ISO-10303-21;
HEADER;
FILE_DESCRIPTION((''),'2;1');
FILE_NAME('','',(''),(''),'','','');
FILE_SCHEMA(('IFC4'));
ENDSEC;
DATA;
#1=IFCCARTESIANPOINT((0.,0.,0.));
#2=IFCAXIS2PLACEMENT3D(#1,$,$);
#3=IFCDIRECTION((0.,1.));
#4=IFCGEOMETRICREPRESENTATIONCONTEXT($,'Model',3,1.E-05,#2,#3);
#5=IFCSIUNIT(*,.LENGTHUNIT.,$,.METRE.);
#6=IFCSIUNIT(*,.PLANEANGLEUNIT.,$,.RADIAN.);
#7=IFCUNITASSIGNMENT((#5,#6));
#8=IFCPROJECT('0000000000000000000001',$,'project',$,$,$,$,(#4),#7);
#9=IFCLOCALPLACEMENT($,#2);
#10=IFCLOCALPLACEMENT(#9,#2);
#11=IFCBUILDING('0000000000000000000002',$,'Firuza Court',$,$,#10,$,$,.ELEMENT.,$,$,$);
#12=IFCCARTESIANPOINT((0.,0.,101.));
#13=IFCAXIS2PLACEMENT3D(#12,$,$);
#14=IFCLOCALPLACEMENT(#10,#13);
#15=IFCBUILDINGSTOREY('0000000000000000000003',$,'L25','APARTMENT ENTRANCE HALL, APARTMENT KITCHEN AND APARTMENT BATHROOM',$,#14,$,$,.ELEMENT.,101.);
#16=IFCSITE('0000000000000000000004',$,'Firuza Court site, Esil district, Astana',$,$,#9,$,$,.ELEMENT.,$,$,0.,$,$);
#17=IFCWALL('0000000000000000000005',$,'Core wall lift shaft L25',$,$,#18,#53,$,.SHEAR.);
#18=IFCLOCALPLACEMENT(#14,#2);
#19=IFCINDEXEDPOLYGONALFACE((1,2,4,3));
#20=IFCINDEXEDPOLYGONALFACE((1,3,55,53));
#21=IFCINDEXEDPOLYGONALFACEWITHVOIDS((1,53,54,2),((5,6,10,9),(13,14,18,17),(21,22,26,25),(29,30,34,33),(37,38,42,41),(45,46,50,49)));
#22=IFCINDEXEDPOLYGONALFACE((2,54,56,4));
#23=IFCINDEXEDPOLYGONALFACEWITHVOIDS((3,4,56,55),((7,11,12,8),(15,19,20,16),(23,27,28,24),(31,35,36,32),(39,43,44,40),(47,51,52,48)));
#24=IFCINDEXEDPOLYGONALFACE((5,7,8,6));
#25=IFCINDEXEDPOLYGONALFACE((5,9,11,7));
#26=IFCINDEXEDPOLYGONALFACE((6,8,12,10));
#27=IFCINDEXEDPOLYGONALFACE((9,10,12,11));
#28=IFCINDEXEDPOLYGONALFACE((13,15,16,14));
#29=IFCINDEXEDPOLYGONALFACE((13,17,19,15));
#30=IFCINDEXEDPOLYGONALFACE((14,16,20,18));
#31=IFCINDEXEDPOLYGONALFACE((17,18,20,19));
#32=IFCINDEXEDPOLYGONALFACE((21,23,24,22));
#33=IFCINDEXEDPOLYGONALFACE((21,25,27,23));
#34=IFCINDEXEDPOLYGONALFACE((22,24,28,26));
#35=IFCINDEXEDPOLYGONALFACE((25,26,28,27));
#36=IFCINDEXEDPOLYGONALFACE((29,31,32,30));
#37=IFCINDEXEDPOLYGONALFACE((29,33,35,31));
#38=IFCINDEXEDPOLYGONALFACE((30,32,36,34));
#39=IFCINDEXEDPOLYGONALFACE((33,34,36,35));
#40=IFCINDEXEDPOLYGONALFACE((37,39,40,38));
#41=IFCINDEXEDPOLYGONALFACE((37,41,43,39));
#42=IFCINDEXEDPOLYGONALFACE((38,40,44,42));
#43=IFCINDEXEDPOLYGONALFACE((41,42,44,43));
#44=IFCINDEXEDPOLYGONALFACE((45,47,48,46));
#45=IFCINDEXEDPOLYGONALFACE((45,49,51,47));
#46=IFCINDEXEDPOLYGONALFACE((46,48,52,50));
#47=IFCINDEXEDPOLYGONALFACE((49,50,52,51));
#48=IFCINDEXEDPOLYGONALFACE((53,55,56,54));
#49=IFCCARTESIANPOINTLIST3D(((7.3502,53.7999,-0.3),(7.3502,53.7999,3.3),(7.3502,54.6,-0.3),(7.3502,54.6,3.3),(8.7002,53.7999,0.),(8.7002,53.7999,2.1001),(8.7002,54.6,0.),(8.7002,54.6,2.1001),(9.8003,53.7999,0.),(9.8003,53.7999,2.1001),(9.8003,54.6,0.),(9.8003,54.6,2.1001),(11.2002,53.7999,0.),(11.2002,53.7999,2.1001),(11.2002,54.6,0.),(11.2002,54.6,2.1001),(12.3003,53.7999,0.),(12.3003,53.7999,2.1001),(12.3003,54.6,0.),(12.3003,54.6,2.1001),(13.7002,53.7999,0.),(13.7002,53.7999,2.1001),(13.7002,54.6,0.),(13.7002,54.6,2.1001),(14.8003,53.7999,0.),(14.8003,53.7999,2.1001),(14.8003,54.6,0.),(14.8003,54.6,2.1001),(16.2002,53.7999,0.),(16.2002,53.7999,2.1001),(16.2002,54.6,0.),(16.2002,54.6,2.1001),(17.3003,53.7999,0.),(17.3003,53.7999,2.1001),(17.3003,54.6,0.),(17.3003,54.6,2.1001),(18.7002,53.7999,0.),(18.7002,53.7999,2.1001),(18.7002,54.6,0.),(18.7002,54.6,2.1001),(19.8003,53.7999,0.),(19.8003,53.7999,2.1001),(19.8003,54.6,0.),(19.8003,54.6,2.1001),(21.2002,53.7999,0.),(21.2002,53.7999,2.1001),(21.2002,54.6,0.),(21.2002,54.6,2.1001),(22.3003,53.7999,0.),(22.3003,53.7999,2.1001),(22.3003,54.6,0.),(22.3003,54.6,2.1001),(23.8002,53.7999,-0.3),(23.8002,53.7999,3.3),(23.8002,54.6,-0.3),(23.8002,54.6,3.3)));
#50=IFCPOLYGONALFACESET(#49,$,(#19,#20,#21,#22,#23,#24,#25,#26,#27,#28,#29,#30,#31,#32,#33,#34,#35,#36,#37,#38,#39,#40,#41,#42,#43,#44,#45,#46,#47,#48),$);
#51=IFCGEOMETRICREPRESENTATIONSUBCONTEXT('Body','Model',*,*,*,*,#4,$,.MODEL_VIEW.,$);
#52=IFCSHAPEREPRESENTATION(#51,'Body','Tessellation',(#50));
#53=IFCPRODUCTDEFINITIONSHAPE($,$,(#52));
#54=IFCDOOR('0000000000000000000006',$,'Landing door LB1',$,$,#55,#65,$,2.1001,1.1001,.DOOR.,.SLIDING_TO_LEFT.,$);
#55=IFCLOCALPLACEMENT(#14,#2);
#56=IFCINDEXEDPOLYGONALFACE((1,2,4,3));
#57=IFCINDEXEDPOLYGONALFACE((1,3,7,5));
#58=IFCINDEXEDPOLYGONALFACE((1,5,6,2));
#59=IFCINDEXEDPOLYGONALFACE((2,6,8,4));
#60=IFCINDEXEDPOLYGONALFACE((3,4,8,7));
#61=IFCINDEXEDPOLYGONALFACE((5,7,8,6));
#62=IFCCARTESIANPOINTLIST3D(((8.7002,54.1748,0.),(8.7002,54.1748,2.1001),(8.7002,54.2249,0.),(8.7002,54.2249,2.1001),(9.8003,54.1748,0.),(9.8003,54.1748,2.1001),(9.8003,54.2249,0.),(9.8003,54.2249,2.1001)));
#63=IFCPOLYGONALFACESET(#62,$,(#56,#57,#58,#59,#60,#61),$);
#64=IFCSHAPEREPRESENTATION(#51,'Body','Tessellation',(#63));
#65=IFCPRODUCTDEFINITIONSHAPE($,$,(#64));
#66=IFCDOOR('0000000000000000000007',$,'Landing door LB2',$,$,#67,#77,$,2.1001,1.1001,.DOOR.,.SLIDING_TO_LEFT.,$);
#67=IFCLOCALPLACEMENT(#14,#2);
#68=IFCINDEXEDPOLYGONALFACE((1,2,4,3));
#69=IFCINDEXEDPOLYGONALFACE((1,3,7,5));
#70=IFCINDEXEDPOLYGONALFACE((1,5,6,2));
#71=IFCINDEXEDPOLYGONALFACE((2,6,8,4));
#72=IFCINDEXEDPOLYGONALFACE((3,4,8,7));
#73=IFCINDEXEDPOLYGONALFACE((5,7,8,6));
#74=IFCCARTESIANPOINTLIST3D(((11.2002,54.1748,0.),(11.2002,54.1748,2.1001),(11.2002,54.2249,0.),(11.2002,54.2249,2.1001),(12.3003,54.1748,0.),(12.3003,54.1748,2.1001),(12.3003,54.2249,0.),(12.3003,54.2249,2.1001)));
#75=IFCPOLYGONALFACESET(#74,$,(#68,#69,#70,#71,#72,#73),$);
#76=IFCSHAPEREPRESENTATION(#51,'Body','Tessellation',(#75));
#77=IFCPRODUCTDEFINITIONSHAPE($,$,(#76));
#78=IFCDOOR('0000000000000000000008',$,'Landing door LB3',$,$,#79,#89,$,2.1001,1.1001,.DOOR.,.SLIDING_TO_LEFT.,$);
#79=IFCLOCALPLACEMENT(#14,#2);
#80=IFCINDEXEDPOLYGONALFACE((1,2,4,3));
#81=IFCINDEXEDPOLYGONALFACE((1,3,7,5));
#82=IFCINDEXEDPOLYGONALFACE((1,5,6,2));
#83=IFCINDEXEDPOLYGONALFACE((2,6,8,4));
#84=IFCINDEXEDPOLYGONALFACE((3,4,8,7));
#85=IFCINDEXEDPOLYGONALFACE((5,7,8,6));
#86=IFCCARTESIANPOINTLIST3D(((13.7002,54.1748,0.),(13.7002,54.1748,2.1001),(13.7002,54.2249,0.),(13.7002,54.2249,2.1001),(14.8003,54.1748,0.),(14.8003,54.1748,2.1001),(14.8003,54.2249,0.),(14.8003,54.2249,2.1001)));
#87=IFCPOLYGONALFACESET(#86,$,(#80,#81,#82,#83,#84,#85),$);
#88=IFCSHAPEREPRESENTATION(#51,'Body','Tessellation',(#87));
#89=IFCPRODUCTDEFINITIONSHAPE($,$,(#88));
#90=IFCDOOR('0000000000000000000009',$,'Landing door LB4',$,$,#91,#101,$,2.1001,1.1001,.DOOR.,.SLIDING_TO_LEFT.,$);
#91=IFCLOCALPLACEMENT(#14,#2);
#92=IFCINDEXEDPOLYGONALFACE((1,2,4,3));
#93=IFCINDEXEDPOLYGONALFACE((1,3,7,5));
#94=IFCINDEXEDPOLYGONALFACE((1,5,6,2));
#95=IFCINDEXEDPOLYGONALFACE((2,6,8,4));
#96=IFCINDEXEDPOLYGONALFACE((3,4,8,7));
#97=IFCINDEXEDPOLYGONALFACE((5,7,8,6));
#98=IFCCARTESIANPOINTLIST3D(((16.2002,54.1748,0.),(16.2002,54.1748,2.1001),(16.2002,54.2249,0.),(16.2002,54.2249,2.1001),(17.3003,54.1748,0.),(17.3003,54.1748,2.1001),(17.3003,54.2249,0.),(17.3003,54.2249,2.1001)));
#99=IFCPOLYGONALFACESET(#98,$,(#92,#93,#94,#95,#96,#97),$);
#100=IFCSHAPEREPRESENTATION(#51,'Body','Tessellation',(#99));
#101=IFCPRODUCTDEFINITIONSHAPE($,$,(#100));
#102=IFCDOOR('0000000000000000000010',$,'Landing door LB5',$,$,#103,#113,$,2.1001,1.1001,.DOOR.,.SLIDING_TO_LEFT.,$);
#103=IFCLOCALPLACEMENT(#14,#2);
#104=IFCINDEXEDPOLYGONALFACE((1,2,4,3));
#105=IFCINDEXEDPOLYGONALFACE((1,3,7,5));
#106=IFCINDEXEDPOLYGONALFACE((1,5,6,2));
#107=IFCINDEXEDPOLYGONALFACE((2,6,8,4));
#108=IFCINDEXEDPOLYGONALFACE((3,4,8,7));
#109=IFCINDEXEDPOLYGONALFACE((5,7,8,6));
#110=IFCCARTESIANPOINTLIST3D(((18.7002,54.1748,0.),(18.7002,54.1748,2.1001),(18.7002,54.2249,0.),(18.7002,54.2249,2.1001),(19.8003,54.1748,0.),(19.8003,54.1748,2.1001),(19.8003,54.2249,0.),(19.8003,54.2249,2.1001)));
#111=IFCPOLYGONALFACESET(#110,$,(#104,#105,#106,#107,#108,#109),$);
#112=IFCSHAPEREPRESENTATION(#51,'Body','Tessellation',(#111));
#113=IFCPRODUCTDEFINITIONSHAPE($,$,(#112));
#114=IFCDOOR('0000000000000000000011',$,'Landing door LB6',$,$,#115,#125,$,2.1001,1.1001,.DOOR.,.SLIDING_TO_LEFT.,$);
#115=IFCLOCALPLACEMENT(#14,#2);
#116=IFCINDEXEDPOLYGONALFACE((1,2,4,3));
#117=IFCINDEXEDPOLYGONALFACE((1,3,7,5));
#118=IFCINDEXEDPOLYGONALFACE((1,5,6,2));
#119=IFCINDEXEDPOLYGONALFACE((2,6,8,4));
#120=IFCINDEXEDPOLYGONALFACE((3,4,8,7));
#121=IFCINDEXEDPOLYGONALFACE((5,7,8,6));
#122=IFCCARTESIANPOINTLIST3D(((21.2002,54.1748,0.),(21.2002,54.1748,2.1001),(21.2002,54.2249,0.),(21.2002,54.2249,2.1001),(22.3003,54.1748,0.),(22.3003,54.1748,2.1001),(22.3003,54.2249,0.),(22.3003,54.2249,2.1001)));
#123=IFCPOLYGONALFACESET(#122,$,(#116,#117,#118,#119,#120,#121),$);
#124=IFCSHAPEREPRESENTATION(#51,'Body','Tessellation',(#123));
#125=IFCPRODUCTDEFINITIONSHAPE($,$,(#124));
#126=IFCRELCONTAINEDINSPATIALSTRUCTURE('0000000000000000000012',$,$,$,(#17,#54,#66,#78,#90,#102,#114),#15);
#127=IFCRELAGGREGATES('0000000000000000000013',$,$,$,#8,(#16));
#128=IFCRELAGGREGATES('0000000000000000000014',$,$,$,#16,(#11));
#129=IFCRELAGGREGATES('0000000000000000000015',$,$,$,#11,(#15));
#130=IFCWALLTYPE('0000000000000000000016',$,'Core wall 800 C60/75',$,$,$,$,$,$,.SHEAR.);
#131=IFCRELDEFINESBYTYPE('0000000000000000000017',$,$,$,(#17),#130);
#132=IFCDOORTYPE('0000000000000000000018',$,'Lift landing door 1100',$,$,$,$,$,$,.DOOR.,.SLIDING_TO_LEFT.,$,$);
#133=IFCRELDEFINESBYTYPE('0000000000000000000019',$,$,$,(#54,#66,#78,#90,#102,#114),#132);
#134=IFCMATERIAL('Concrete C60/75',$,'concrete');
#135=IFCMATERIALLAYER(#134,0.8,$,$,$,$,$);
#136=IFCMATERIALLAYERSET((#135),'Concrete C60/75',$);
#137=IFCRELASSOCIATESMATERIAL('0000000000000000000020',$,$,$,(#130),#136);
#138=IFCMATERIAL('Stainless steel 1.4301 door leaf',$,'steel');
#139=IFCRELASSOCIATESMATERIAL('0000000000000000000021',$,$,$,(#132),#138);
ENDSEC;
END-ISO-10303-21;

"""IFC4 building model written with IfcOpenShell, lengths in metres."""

from ifc_helpers import new_model, si_unit, direction, frame, frame_2d, origin, place, context, subcontext, project, spatial, rectangle, extrude, material, layer, layer_set, type_object, element, fill, save


model = new_model("IFC4")

# Units and contexts
model_context = context("Model", 3, precision=1e-05, world=origin(), true_north=direction((0.0, 1.0)))
body_context = subcontext(model_context, "Body", "Model", "MODEL_VIEW")
ifc_project = project(units=[si_unit("LENGTHUNIT", "METRE"), si_unit("PLANEANGLEUNIT", "RADIAN")], contexts=[model_context])

# Site, building, storey
site_placement = place(None, origin())
site = spatial("IfcSite", under=ifc_project, at=site_placement, Name="Firuza Court site, Esil district, Astana", CompositionType="ELEMENT", RefElevation=0.0)
building_placement = place(site_placement, origin())
building = spatial("IfcBuilding", under=site, at=building_placement, Name="Firuza Court", CompositionType="ELEMENT")
storey_placement = place(building_placement, frame((0.0, 0.0, 101.0)))
storey = spatial("IfcBuildingStorey", under=building, at=storey_placement, Name="L25", Description="APARTMENT ENTRANCE HALL, APARTMENT KITCHEN AND APARTMENT BATHROOM", CompositionType="ELEMENT", Elevation=101.0)

# Shared definitions
ifc_material_1 = material(Name="Concrete C60/75", Category="concrete")

# Wall, openings, doors
ifc_layer_1 = layer(ifc_material_1, 0.8)
ifc_layer_set_1 = layer_set([ifc_layer_1], Name="Concrete C60/75")
wall_type_1 = type_object("IfcWallType", Name="Core wall 800 C60/75", PredefinedType="SHEAR", material=ifc_layer_set_1)
wall_1_placement = place(storey_placement, frame((7.3501, 54.2, -0.3), z_axis=(0.0, 0.0, 1.0), x_axis=(1.0, 0.0, 0.0)))
wall_1 = element("IfcWall", 1, at=wall_1_placement, inside=storey, type_object=wall_type_1, Name="Core wall lift shaft L25", PredefinedType="SHEAR", context=body_context, shape_type="SweptSolid", body=[
    extrude(rectangle(XDim=16.45, YDim=0.8, at=frame_2d((8.2251, 0.0))), origin(), (0.0, 0.0, 1.0), 3.6001),
])
opening_1_placement = place(wall_1_placement, frame((1.3501, 0.0, 0.3)))
opening_1 = element("IfcOpeningElement", 2, at=opening_1_placement, cuts=wall_1, PredefinedType="OPENING", context=body_context, shape_type="SweptSolid", body=[
    extrude(rectangle(XDim=1.1001, YDim=2.1001, at=frame_2d((0.55, 1.05))), frame((0.0, 0.4121, 0.0), z_axis=(0.0, -1.0, 0.0), x_axis=(1.0, 0.0, 0.0)), (0.0, 0.0, 1.0), 0.824),
])
opening_2_placement = place(wall_1_placement, frame((3.8501, 0.0, 0.3)))
opening_2 = element("IfcOpeningElement", 3, at=opening_2_placement, cuts=wall_1, PredefinedType="OPENING", context=body_context, shape_type="SweptSolid", body=[
    extrude(rectangle(XDim=1.1001, YDim=2.1001, at=frame_2d((0.55, 1.05))), frame((0.0, 0.4121, 0.0), z_axis=(0.0, -1.0, 0.0), x_axis=(1.0, 0.0, 0.0)), (0.0, 0.0, 1.0), 0.824),
])
opening_3_placement = place(wall_1_placement, frame((6.3501, 0.0, 0.3)))
opening_3 = element("IfcOpeningElement", 4, at=opening_3_placement, cuts=wall_1, PredefinedType="OPENING", context=body_context, shape_type="SweptSolid", body=[
    extrude(rectangle(XDim=1.1001, YDim=2.1001, at=frame_2d((0.55, 1.05))), frame((0.0, 0.4121, 0.0), z_axis=(0.0, -1.0, 0.0), x_axis=(1.0, 0.0, 0.0)), (0.0, 0.0, 1.0), 0.824),
])
opening_4_placement = place(wall_1_placement, frame((8.8501, 0.0, 0.3)))
opening_4 = element("IfcOpeningElement", 5, at=opening_4_placement, cuts=wall_1, PredefinedType="OPENING", context=body_context, shape_type="SweptSolid", body=[
    extrude(rectangle(XDim=1.1001, YDim=2.1001, at=frame_2d((0.55, 1.05))), frame((0.0, 0.4121, 0.0), z_axis=(0.0, -1.0, 0.0), x_axis=(1.0, 0.0, 0.0)), (0.0, 0.0, 1.0), 0.824),
])
opening_5_placement = place(wall_1_placement, frame((11.3501, 0.0, 0.3)))
opening_5 = element("IfcOpeningElement", 6, at=opening_5_placement, cuts=wall_1, PredefinedType="OPENING", context=body_context, shape_type="SweptSolid", body=[
    extrude(rectangle(XDim=1.1001, YDim=2.1001, at=frame_2d((0.55, 1.05))), frame((0.0, 0.4121, 0.0), z_axis=(0.0, -1.0, 0.0), x_axis=(1.0, 0.0, 0.0)), (0.0, 0.0, 1.0), 0.824),
])
opening_6_placement = place(wall_1_placement, frame((13.8501, 0.0, 0.3)))
opening_6 = element("IfcOpeningElement", 7, at=opening_6_placement, cuts=wall_1, PredefinedType="OPENING", context=body_context, shape_type="SweptSolid", body=[
    extrude(rectangle(XDim=1.1001, YDim=2.1001, at=frame_2d((0.55, 1.05))), frame((0.0, 0.4121, 0.0), z_axis=(0.0, -1.0, 0.0), x_axis=(1.0, 0.0, 0.0)), (0.0, 0.0, 1.0), 0.824),
])
ifc_material_2 = material(Name="Stainless steel 1.4301 door leaf", Category="steel")
door_type = type_object("IfcDoorType", Name="Lift landing door 1100", OperationType="SLIDING_TO_LEFT", PredefinedType="DOOR", material=ifc_material_2)
door_1_placement = place(opening_1_placement, origin())
door_1 = element("IfcDoor", 8, at=door_1_placement, inside=storey, type_object=door_type, Name="Landing door LB1", OperationType="SLIDING_TO_LEFT", OverallHeight=2.1001, OverallWidth=1.1001, PredefinedType="DOOR", context=body_context, shape_type="SweptSolid", body=[
    extrude(rectangle(XDim=1.1001, YDim=2.1001, at=frame_2d((0.55, 1.05))), frame((0.0, 0.0249, 0.0), z_axis=(0.0, -1.0, 0.0), x_axis=(1.0, 0.0, 0.0)), (0.0, 0.0, 1.0), 0.05),
])
fill(opening_1, door_1)
door_2_placement = place(opening_2_placement, origin())
door_2 = element("IfcDoor", 9, at=door_2_placement, inside=storey, type_object=door_type, Name="Landing door LB2", OperationType="SLIDING_TO_LEFT", OverallHeight=2.1001, OverallWidth=1.1001, PredefinedType="DOOR", context=body_context, shape_type="SweptSolid", body=[
    extrude(rectangle(XDim=1.1001, YDim=2.1001, at=frame_2d((0.55, 1.05))), frame((0.0, 0.0249, 0.0), z_axis=(0.0, -1.0, 0.0), x_axis=(1.0, 0.0, 0.0)), (0.0, 0.0, 1.0), 0.05),
])
fill(opening_2, door_2)
door_3_placement = place(opening_3_placement, origin())
door_3 = element("IfcDoor", 10, at=door_3_placement, inside=storey, type_object=door_type, Name="Landing door LB3", OperationType="SLIDING_TO_LEFT", OverallHeight=2.1001, OverallWidth=1.1001, PredefinedType="DOOR", context=body_context, shape_type="SweptSolid", body=[
    extrude(rectangle(XDim=1.1001, YDim=2.1001, at=frame_2d((0.55, 1.05))), frame((0.0, 0.0249, 0.0), z_axis=(0.0, -1.0, 0.0), x_axis=(1.0, 0.0, 0.0)), (0.0, 0.0, 1.0), 0.05),
])
fill(opening_3, door_3)
door_4_placement = place(opening_4_placement, origin())
door_4 = element("IfcDoor", 11, at=door_4_placement, inside=storey, type_object=door_type, Name="Landing door LB4", OperationType="SLIDING_TO_LEFT", OverallHeight=2.1001, OverallWidth=1.1001, PredefinedType="DOOR", context=body_context, shape_type="SweptSolid", body=[
    extrude(rectangle(XDim=1.1001, YDim=2.1001, at=frame_2d((0.55, 1.05))), frame((0.0, 0.0249, 0.0), z_axis=(0.0, -1.0, 0.0), x_axis=(1.0, 0.0, 0.0)), (0.0, 0.0, 1.0), 0.05),
])
fill(opening_4, door_4)
door_5_placement = place(opening_5_placement, origin())
door_5 = element("IfcDoor", 12, at=door_5_placement, inside=storey, type_object=door_type, Name="Landing door LB5", OperationType="SLIDING_TO_LEFT", OverallHeight=2.1001, OverallWidth=1.1001, PredefinedType="DOOR", context=body_context, shape_type="SweptSolid", body=[
    extrude(rectangle(XDim=1.1001, YDim=2.1001, at=frame_2d((0.55, 1.05))), frame((0.0, 0.0249, 0.0), z_axis=(0.0, -1.0, 0.0), x_axis=(1.0, 0.0, 0.0)), (0.0, 0.0, 1.0), 0.05),
])
fill(opening_5, door_5)
door_6_placement = place(opening_6_placement, origin())
door_6 = element("IfcDoor", 13, at=door_6_placement, inside=storey, type_object=door_type, Name="Landing door LB6", OperationType="SLIDING_TO_LEFT", OverallHeight=2.1001, OverallWidth=1.1001, PredefinedType="DOOR", context=body_context, shape_type="SweptSolid", body=[
    extrude(rectangle(XDim=1.1001, YDim=2.1001, at=frame_2d((0.55, 1.05))), frame((0.0, 0.0249, 0.0), z_axis=(0.0, -1.0, 0.0), x_axis=(1.0, 0.0, 0.0)), (0.0, 0.0, 1.0), 0.05),
])
fill(opening_6, door_6)

save(model, "model.ifc")
